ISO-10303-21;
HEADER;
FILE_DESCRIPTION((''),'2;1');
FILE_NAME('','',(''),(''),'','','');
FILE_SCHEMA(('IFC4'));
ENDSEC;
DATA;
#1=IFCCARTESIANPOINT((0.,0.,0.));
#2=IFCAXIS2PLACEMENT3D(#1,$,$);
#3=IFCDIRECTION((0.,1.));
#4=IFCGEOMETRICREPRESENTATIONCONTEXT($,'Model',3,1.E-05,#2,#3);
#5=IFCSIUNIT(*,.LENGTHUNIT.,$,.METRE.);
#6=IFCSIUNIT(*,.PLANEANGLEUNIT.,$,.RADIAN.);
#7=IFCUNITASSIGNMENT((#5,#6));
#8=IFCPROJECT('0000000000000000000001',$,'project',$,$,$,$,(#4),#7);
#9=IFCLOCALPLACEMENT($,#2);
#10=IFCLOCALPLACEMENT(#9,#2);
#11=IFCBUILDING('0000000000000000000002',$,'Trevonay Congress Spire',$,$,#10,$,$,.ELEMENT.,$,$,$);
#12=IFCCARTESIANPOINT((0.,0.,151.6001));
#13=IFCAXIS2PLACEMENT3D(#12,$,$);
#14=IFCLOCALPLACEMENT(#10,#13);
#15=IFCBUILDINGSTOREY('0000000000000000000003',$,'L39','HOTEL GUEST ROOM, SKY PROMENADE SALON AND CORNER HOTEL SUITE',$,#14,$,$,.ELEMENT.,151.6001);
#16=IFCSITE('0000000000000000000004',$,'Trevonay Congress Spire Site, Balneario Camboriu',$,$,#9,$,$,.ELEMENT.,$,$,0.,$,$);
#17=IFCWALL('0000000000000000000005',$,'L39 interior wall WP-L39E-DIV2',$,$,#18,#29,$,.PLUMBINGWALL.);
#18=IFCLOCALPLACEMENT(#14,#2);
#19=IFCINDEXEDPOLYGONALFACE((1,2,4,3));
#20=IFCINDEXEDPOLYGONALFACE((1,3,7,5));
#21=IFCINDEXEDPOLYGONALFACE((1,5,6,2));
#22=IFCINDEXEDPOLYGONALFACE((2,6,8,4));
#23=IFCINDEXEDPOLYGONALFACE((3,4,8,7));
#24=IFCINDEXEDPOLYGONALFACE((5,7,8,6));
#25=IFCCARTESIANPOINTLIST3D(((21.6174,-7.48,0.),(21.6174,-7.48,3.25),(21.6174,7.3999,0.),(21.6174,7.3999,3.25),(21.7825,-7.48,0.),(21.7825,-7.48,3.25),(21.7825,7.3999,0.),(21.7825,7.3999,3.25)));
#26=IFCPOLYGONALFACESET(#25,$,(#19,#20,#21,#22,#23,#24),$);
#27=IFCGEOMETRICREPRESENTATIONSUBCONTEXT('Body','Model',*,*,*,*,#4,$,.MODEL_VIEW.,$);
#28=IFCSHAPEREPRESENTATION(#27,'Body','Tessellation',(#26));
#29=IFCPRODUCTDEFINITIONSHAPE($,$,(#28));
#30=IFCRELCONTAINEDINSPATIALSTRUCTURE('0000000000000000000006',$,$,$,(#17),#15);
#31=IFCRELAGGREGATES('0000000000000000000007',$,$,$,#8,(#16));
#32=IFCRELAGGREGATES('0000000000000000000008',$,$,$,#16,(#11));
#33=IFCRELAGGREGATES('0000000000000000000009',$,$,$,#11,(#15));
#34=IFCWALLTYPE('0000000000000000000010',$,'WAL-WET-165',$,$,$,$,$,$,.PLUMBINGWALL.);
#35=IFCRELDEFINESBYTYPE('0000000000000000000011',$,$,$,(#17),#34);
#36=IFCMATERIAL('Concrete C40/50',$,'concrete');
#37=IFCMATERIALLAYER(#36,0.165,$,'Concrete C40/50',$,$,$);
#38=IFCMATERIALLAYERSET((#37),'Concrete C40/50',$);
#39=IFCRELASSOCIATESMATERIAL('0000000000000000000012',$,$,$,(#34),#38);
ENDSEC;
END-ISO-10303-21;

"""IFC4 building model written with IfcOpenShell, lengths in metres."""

from ifc_helpers import new_model, si_unit, direction, frame, frame_2d, origin, place, context, subcontext, project, spatial, rectangle, extrude, material, layer, layer_set, type_object, element, save


model = new_model("IFC4")

# Units and contexts
model_context = context("Model", 3, precision=1e-05, world=origin(), true_north=direction((0.0, 1.0)))
body_context = subcontext(model_context, "Body", "Model", "MODEL_VIEW")
ifc_project = project(units=[si_unit("LENGTHUNIT", "METRE"), si_unit("PLANEANGLEUNIT", "RADIAN")], contexts=[model_context])

# Site, building, storey
site_placement = place(None, origin())
site = spatial("IfcSite", under=ifc_project, at=site_placement, Name="Trevonay Congress Spire Site, Balneario Camboriu", CompositionType="ELEMENT", RefElevation=0.0)
building_placement = place(site_placement, origin())
building = spatial("IfcBuilding", under=site, at=building_placement, Name="Trevonay Congress Spire", CompositionType="ELEMENT")
storey_placement = place(building_placement, frame((0.0, 0.0, 151.6001)))
storey = spatial("IfcBuildingStorey", under=building, at=storey_placement, Name="L39", Description="HOTEL GUEST ROOM, SKY PROMENADE SALON AND CORNER HOTEL SUITE", CompositionType="ELEMENT", Elevation=151.6001)

# Shared definitions
ifc_material_1 = material(Name="Concrete C40/50", Category="concrete")

# Wall
ifc_layer_1 = layer(ifc_material_1, 0.165, Name="Concrete C40/50")
ifc_layer_set_1 = layer_set([ifc_layer_1], Name="Concrete C40/50")
wall_type_1 = type_object("IfcWallType", Name="WAL-WET-165", PredefinedType="PLUMBINGWALL", material=ifc_layer_set_1)
for number, where, z_axis, x_axis, name in (
    (1, (21.7, -7.48, 0.0), (0.0, 0.0, 1.0), (0.0, 1.0, 0.0), "L39 interior wall WP-L39E-DIV2"),
):
    element("IfcWall", number, at=place(storey_placement, frame(where, z_axis=z_axis, x_axis=x_axis)), inside=storey, type_object=wall_type_1, Name=name, PredefinedType="PLUMBINGWALL", context=body_context, shape_type="SweptSolid", body=[
        extrude(rectangle(XDim=14.8799, YDim=0.165, at=frame_2d((7.4399, 0.0))), origin(), (0.0, 0.0, 1.0), 3.25),
    ])

save(model, "model.ifc")
